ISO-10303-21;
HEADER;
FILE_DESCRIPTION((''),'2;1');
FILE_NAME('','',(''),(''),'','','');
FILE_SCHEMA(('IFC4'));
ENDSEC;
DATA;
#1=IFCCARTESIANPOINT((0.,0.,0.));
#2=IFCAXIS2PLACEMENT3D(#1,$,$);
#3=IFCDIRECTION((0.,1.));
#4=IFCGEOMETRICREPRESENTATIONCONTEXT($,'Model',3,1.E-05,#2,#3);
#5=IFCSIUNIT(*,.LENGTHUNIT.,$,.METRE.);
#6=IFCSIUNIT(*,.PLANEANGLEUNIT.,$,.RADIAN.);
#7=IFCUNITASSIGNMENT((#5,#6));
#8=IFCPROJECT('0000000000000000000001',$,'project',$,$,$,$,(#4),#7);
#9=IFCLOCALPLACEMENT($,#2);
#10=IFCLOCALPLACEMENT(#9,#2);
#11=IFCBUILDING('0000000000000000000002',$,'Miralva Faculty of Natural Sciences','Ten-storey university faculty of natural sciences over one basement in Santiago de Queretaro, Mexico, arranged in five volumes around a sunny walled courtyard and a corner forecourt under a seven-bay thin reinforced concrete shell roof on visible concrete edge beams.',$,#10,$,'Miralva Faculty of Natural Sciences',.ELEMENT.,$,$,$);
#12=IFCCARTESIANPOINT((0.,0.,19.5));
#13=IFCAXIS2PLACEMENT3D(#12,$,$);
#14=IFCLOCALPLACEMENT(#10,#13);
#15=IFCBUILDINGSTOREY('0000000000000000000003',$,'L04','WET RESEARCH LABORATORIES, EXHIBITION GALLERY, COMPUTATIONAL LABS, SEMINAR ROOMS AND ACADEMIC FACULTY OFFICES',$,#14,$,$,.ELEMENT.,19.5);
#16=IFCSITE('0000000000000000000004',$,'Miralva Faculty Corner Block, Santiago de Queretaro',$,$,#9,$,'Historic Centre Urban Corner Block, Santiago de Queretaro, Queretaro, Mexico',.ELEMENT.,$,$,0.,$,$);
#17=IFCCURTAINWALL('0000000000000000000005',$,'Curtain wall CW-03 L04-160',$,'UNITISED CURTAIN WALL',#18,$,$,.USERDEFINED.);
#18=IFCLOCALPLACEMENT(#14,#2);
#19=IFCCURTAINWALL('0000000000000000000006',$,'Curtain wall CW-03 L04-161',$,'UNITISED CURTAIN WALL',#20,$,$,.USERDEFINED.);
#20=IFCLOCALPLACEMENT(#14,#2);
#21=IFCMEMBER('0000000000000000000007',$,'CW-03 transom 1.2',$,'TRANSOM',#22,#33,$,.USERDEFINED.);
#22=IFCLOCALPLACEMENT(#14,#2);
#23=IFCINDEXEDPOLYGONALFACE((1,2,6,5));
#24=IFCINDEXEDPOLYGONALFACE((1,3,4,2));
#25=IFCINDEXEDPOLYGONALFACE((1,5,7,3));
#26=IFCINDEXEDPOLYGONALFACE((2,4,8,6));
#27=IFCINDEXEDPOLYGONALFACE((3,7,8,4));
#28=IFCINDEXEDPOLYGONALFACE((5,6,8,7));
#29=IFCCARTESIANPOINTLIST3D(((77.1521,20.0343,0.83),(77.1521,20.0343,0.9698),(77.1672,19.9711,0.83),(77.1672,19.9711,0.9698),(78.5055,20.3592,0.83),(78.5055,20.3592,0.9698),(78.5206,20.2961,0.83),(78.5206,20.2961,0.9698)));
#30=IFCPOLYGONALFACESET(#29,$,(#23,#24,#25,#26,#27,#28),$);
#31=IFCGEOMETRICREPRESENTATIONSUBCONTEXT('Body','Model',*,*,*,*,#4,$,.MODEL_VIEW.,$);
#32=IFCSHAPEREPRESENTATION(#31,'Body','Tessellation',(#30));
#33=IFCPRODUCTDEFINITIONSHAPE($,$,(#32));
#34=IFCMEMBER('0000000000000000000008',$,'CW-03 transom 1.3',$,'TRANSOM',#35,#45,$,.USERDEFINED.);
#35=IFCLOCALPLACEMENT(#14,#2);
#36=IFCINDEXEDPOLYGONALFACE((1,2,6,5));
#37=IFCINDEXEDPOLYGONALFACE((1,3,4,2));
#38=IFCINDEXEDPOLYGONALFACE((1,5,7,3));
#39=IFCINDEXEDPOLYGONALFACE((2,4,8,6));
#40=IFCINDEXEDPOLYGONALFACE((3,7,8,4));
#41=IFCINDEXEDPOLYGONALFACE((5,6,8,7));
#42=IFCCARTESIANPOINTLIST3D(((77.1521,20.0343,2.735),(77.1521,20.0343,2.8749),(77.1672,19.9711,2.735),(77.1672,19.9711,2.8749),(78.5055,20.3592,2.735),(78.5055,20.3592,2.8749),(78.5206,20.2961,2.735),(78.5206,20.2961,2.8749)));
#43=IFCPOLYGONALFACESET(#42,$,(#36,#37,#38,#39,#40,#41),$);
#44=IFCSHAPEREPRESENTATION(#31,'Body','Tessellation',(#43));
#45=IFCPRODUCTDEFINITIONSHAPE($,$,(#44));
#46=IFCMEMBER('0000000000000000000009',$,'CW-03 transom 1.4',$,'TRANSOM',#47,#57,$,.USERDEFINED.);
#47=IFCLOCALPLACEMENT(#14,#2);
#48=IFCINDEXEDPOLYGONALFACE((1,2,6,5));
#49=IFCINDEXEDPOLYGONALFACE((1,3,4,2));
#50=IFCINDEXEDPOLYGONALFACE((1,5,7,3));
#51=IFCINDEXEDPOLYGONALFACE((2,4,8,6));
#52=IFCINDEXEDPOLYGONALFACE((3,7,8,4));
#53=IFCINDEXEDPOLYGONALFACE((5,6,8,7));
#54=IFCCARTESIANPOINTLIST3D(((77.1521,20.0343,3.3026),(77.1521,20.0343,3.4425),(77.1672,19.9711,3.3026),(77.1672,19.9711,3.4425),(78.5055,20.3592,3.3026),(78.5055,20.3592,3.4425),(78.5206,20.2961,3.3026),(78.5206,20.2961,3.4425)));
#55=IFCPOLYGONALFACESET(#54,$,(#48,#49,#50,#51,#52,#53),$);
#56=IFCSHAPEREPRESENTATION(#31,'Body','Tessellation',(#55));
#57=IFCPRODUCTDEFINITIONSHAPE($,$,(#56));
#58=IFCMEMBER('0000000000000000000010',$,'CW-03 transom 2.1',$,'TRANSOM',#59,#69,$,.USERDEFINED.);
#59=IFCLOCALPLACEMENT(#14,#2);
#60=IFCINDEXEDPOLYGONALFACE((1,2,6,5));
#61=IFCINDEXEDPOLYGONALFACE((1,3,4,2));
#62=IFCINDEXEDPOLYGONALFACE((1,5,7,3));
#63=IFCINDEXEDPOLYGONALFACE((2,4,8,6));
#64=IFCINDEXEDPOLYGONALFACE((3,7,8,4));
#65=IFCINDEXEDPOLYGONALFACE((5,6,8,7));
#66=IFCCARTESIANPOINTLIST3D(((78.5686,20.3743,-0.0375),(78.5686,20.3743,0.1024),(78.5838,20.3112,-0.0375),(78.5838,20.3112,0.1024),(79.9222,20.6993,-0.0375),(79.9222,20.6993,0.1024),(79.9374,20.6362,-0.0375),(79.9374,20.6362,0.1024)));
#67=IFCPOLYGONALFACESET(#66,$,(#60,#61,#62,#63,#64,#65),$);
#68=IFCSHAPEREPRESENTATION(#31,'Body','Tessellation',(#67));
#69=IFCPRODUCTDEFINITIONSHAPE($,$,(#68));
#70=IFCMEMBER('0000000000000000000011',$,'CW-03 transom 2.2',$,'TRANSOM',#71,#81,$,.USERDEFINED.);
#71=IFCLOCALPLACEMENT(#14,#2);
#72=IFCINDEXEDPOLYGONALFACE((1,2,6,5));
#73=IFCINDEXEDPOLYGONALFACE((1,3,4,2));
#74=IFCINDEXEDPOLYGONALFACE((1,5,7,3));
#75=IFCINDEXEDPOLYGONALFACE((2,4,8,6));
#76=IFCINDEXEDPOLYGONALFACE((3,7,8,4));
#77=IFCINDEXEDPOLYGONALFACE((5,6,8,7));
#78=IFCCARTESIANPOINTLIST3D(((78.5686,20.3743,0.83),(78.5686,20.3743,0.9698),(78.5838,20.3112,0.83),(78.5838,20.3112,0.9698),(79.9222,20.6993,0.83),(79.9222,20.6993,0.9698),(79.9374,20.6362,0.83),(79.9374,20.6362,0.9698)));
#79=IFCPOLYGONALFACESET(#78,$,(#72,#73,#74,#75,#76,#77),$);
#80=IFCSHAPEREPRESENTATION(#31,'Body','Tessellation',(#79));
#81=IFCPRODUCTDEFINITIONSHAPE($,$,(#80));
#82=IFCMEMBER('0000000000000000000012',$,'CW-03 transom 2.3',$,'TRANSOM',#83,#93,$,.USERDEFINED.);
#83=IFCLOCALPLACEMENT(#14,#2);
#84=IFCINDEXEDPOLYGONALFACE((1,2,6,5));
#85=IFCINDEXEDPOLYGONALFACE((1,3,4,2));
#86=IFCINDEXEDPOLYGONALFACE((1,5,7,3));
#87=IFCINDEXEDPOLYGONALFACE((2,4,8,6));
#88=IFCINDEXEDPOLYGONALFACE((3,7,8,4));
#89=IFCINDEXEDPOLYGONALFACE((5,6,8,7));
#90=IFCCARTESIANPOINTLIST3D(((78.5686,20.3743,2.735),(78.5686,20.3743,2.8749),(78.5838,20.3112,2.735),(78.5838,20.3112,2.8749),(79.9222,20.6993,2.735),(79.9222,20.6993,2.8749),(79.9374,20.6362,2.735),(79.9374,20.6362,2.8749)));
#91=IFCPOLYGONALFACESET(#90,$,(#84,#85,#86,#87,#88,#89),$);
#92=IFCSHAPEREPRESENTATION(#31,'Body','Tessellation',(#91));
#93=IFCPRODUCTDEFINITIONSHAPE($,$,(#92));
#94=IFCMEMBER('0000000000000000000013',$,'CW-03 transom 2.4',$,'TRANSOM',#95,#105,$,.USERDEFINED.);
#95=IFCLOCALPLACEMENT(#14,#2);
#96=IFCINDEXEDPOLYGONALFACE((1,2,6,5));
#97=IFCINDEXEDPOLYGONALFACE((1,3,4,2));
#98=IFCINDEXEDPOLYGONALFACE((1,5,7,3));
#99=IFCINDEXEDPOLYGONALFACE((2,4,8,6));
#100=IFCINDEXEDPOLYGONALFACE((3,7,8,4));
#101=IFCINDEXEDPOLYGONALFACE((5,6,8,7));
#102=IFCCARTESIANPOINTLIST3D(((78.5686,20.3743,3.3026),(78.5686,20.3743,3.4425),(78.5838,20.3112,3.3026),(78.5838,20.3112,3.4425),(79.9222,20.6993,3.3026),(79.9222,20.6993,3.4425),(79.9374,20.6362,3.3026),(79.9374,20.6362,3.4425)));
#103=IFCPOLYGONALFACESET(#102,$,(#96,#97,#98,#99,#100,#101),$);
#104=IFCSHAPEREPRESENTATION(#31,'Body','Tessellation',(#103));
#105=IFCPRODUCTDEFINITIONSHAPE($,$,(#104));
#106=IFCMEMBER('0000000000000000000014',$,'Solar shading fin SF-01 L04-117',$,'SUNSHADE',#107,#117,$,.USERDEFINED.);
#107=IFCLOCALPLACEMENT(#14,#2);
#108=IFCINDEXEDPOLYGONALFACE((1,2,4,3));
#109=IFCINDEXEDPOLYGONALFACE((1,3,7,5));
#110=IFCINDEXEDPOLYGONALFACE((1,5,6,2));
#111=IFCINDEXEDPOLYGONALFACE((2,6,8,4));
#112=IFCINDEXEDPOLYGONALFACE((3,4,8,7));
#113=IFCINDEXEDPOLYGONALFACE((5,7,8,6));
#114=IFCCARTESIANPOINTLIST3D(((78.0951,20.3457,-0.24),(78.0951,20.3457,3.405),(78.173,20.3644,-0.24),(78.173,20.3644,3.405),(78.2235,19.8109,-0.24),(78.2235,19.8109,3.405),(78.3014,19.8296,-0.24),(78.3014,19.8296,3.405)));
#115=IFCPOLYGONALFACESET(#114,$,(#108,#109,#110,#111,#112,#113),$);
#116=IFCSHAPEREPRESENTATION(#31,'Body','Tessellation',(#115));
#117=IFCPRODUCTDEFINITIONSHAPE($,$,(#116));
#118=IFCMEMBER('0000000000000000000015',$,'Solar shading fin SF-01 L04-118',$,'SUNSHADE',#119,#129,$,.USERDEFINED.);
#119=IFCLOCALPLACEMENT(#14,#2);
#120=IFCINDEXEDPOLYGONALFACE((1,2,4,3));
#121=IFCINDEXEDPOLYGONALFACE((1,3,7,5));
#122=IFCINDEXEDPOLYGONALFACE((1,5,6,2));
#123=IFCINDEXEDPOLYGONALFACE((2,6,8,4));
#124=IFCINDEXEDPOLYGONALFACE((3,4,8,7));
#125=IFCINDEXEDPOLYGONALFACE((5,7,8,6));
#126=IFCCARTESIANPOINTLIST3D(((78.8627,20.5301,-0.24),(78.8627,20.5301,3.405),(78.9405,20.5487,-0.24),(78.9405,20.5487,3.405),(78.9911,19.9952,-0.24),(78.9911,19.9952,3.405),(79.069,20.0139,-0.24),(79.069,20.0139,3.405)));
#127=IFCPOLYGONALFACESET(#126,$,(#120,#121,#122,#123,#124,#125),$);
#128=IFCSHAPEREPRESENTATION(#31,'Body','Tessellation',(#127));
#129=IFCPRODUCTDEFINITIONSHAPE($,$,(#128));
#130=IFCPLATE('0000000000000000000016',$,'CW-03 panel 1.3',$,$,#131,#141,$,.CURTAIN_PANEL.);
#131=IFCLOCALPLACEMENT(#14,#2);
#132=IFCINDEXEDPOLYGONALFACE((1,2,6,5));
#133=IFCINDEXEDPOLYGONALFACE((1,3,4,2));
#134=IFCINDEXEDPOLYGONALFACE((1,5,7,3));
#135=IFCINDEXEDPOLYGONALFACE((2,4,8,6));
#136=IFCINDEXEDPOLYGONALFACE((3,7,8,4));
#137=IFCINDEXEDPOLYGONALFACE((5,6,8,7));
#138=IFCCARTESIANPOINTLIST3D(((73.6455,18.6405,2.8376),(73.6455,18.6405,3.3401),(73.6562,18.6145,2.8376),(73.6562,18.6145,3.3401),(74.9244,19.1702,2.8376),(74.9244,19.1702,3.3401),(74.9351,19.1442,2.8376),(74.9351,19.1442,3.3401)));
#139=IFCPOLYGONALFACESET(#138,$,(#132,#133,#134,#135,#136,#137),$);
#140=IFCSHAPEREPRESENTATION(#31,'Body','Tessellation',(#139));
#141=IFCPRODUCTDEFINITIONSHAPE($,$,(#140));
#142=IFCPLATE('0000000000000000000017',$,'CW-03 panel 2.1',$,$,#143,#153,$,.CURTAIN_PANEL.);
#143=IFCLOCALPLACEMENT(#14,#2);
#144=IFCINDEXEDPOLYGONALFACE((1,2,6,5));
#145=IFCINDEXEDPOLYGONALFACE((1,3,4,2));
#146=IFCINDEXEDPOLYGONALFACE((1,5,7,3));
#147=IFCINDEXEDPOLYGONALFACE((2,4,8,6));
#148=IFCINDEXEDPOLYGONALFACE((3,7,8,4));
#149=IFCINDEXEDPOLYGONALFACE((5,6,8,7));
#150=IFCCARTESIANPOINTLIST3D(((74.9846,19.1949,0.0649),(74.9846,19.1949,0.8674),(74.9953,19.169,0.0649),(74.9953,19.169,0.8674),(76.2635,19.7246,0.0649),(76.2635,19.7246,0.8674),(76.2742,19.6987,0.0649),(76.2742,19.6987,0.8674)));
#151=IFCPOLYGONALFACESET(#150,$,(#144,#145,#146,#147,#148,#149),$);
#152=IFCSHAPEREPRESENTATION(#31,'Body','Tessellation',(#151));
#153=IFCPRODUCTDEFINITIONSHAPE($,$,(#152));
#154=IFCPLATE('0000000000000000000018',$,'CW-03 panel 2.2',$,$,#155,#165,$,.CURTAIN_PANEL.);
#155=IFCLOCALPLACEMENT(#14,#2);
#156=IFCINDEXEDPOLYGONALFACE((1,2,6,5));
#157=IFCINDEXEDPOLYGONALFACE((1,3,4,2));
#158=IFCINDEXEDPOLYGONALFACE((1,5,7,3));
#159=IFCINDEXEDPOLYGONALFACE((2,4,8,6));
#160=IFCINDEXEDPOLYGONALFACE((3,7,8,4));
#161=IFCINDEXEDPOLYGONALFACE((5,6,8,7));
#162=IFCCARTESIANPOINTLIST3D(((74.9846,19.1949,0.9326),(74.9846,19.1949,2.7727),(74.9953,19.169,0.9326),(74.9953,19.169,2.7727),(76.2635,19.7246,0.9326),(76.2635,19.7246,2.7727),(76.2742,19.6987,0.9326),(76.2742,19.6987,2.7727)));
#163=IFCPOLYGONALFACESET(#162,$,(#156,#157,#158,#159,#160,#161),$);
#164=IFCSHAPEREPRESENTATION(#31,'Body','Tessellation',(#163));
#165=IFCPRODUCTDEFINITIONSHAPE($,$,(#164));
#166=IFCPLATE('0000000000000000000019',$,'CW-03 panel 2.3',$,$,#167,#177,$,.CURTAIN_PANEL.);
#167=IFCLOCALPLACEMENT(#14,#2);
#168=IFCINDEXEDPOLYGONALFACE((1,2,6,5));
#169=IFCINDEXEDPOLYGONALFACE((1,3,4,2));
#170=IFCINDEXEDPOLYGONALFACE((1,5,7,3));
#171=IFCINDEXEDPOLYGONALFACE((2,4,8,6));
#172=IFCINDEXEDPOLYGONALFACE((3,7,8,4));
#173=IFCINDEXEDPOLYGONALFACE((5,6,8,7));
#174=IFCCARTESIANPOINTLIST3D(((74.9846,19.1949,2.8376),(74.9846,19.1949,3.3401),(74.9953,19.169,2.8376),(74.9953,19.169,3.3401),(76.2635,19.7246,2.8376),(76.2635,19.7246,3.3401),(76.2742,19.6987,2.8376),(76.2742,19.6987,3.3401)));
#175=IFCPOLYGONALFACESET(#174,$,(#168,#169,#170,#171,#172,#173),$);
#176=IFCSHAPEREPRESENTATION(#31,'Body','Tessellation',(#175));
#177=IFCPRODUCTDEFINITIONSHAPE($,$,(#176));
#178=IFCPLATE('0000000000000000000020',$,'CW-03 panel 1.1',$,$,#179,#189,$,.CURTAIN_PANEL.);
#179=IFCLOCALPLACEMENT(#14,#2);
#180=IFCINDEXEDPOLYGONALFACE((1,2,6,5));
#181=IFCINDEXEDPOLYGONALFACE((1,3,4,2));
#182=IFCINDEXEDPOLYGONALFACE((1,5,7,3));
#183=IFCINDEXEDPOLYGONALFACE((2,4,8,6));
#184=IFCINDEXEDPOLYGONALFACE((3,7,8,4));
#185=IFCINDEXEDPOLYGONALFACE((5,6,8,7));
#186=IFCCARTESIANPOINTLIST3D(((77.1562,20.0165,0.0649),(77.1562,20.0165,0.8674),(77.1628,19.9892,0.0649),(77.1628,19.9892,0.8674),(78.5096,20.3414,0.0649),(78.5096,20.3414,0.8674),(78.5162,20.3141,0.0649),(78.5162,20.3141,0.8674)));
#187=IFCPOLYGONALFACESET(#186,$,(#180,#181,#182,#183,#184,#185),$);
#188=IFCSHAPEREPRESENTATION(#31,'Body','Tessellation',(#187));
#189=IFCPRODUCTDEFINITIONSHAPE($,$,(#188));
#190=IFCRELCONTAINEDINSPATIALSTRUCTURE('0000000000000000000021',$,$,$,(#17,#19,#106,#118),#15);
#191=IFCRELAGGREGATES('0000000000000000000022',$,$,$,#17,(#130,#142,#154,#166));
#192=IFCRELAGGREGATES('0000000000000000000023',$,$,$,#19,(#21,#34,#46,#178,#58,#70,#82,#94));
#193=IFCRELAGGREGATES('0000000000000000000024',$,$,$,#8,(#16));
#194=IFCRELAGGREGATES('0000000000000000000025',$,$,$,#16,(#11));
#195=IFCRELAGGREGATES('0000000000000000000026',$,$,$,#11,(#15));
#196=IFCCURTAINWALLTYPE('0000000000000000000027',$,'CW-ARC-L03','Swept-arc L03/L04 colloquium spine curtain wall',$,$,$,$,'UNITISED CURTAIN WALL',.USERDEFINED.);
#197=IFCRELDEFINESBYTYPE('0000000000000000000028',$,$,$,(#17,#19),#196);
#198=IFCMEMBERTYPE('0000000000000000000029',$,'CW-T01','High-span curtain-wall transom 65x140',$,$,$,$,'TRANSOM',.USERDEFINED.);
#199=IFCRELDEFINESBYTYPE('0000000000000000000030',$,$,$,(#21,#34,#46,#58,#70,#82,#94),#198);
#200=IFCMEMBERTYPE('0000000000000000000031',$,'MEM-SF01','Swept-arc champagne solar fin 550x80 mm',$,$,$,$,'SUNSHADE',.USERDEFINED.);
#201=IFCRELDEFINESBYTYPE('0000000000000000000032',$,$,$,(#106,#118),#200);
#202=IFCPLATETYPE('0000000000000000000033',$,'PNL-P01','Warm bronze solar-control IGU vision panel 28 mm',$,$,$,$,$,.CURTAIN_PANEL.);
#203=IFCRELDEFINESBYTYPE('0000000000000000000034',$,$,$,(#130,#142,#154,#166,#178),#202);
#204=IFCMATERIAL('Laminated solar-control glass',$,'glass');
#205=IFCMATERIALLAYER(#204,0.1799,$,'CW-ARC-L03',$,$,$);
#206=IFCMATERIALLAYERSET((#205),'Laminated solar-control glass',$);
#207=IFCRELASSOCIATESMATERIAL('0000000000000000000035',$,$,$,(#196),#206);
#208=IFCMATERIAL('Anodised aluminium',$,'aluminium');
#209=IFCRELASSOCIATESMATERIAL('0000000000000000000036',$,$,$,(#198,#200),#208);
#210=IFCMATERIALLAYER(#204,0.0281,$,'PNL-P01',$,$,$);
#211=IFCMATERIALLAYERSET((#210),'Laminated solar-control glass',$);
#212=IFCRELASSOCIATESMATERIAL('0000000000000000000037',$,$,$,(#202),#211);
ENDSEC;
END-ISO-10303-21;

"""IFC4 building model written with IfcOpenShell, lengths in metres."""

from ifc_helpers import new_model, si_unit, direction, frame, origin, origin_2d, place, context, subcontext, project, spatial, rectangle, extrude, material, layer, layer_set, material_profile, profile_set, type_object, element, aggregate, save


model = new_model("IFC4")

# Units and contexts
model_context = context("Model", 3, precision=1e-05, world=origin(), true_north=direction((0.0, 1.0)))
body_context = subcontext(model_context, "Body", "Model", "MODEL_VIEW")
ifc_project = project(units=[si_unit("LENGTHUNIT", "METRE"), si_unit("PLANEANGLEUNIT", "RADIAN")], contexts=[model_context])

# Site, building, storey
site_placement = place(None, origin())
site = spatial("IfcSite", under=ifc_project, at=site_placement, Name="Miralva Faculty Corner Block, Santiago de Queretaro", LongName="Historic Centre Urban Corner Block, Santiago de Queretaro, Queretaro, Mexico", CompositionType="ELEMENT", RefElevation=0.0)
building_placement = place(site_placement, origin())
building = spatial("IfcBuilding", under=site, at=building_placement, Name="Miralva Faculty of Natural Sciences", Description="Ten-storey university faculty of natural sciences over one basement in Santiago de Queretaro, Mexico, arranged in five volumes around a sunny walled courtyard and a corner forecourt under a seven-bay thin reinforced concrete shell roof on visible concrete edge beams.", LongName="Miralva Faculty of Natural Sciences", CompositionType="ELEMENT")
storey_placement = place(building_placement, frame((0.0, 0.0, 19.5)))
storey = spatial("IfcBuildingStorey", under=building, at=storey_placement, Name="L04", Description="WET RESEARCH LABORATORIES, EXHIBITION GALLERY, COMPUTATIONAL LABS, SEMINAR ROOMS AND ACADEMIC FACULTY OFFICES", CompositionType="ELEMENT", Elevation=19.5)

# Curtain walls
ifc_material_1 = material(Name="Laminated solar-control glass", Category="glass")
ifc_layer_1 = layer(ifc_material_1, 0.1799, Name="CW-ARC-L03")
ifc_layer_set_1 = layer_set([ifc_layer_1], Name="Laminated solar-control glass")
curtain_wall_type = type_object("IfcCurtainWallType", Name="CW-ARC-L03", Description="Swept-arc L03/L04 colloquium spine curtain wall", ElementType="UNITISED CURTAIN WALL", PredefinedType="USERDEFINED", material=ifc_layer_set_1)
curtain_wall_1_placement = place(storey_placement, origin())
curtain_wall_1 = element("IfcCurtainWall", 1, at=curtain_wall_1_placement, inside=storey, type_object=curtain_wall_type, Name="Curtain wall CW-03 L04-160", ObjectType="UNITISED CURTAIN WALL", PredefinedType="USERDEFINED")
ifc_material_2 = material(Name="Anodised aluminium", Category="aluminium")
curtain_wall_2_placement = place(storey_placement, origin())
curtain_wall_2 = element("IfcCurtainWall", 2, at=curtain_wall_2_placement, inside=storey, type_object=curtain_wall_type, Name="Curtain wall CW-03 L04-161", ObjectType="UNITISED CURTAIN WALL", PredefinedType="USERDEFINED")

# Members
ifc_material_profile_1 = material_profile(ifc_material_2, rectangle(XDim=0.0649, YDim=0.1399, at=origin_2d()), Name="TRANSOM 65x140")
ifc_profile_set_1 = profile_set([ifc_material_profile_1], Name="Anodised aluminium")
member_type_1 = type_object("IfcMemberType", Name="CW-T01", Description="High-span curtain-wall transom 65x140", ElementType="TRANSOM", PredefinedType="USERDEFINED", material=ifc_profile_set_1)
member_1_placement = place(storey_placement, frame((77.1597, 20.0027, 0.8999), z_axis=(0.97236, 0.233486, 0.0), x_axis=(-0.233486, 0.97236, 0.0)))
member_1 = element("IfcMember", 3, at=member_1_placement, type_object=member_type_1, Name="CW-03 transom 1.2", ObjectType="TRANSOM", PredefinedType="USERDEFINED", context=body_context, shape_type="SweptSolid", body=[
    extrude(rectangle(XDim=0.0649, YDim=0.1399, at=origin_2d()), origin(), (0.0, 0.0, 1.0), 1.3918),
])
member_2_placement = place(storey_placement, frame((77.1597, 20.0027, 2.8049), z_axis=(0.97236, 0.233486, 0.0), x_axis=(-0.233486, 0.97236, 0.0)))
member_2 = element("IfcMember", 4, at=member_2_placement, type_object=member_type_1, Name="CW-03 transom 1.3", ObjectType="TRANSOM", PredefinedType="USERDEFINED", context=body_context, shape_type="SweptSolid", body=[
    extrude(rectangle(XDim=0.0649, YDim=0.1399, at=origin_2d()), origin(), (0.0, 0.0, 1.0), 1.3918),
])
member_3_placement = place(storey_placement, frame((77.1597, 20.0027, 3.3726), z_axis=(0.97236, 0.233486, 0.0), x_axis=(-0.233486, 0.97236, 0.0)))
member_3 = element("IfcMember", 5, at=member_3_placement, type_object=member_type_1, Name="CW-03 transom 1.4", ObjectType="TRANSOM", PredefinedType="USERDEFINED", context=body_context, shape_type="SweptSolid", body=[
    extrude(rectangle(XDim=0.0649, YDim=0.1399, at=origin_2d()), origin(), (0.0, 0.0, 1.0), 1.3918),
])
member_4_placement = place(storey_placement, frame((78.5762, 20.3428, 0.0325), z_axis=(0.97237, 0.233446, 0.0), x_axis=(-0.233446, 0.97237, 0.0)))
member_4 = element("IfcMember", 6, at=member_4_placement, type_object=member_type_1, Name="CW-03 transom 2.1", ObjectType="TRANSOM", PredefinedType="USERDEFINED", context=body_context, shape_type="SweptSolid", body=[
    extrude(rectangle(XDim=0.0649, YDim=0.1399, at=origin_2d()), origin(), (0.0, 0.0, 1.0), 1.3921),
])
member_5_placement = place(storey_placement, frame((78.5762, 20.3428, 0.8999), z_axis=(0.97237, 0.233446, 0.0), x_axis=(-0.233446, 0.97237, 0.0)))
member_5 = element("IfcMember", 7, at=member_5_placement, type_object=member_type_1, Name="CW-03 transom 2.2", ObjectType="TRANSOM", PredefinedType="USERDEFINED", context=body_context, shape_type="SweptSolid", body=[
    extrude(rectangle(XDim=0.0649, YDim=0.1399, at=origin_2d()), origin(), (0.0, 0.0, 1.0), 1.3921),
])
member_6_placement = place(storey_placement, frame((78.5762, 20.3428, 2.8049), z_axis=(0.97237, 0.233446, 0.0), x_axis=(-0.233446, 0.97237, 0.0)))
member_6 = element("IfcMember", 8, at=member_6_placement, type_object=member_type_1, Name="CW-03 transom 2.3", ObjectType="TRANSOM", PredefinedType="USERDEFINED", context=body_context, shape_type="SweptSolid", body=[
    extrude(rectangle(XDim=0.0649, YDim=0.1399, at=origin_2d()), origin(), (0.0, 0.0, 1.0), 1.3921),
])
member_7_placement = place(storey_placement, frame((78.5762, 20.3428, 3.3726), z_axis=(0.97237, 0.233446, 0.0), x_axis=(-0.233446, 0.97237, 0.0)))
member_7 = element("IfcMember", 9, at=member_7_placement, type_object=member_type_1, Name="CW-03 transom 2.4", ObjectType="TRANSOM", PredefinedType="USERDEFINED", context=body_context, shape_type="SweptSolid", body=[
    extrude(rectangle(XDim=0.0649, YDim=0.1399, at=origin_2d()), origin(), (0.0, 0.0, 1.0), 1.3921),
])

# Members
ifc_material_profile_2 = material_profile(ifc_material_2, rectangle(XDim=0.0801, YDim=0.55, at=origin_2d()), Name="FIN 550x80")
ifc_profile_set_2 = profile_set([ifc_material_profile_2], Name="Anodised aluminium")
member_type_2 = type_object("IfcMemberType", Name="MEM-SF01", Description="Swept-arc champagne solar fin 550x80 mm", ElementType="SUNSHADE", PredefinedType="USERDEFINED", material=ifc_profile_set_2)
for number, where, z_axis, x_axis, name in (
    (10, (78.1982, 20.0876, -0.24), (0.0, 0.0, 1.0), (0.97237, 0.233445, 0.0), "Solar shading fin SF-01 L04-117"),
    (11, (78.9658, 20.272, -0.24), (0.0, 0.0, 1.0), (0.97237, 0.233445, 0.0), "Solar shading fin SF-01 L04-118"),
):
    element("IfcMember", number, at=place(storey_placement, frame(where, z_axis=z_axis, x_axis=x_axis)), inside=storey, type_object=member_type_2, Name=name, ObjectType="SUNSHADE", PredefinedType="USERDEFINED", context=body_context, shape_type="SweptSolid", body=[
        extrude(rectangle(XDim=0.0801, YDim=0.55, at=origin_2d()), origin(), (0.0, 0.0, 1.0), 3.645),
    ])

# Plates
ifc_layer_2 = layer(ifc_material_1, 0.0281, Name="PNL-P01")
ifc_layer_set_2 = layer_set([ifc_layer_2], Name="Laminated solar-control glass")
plate_type = type_object("IfcPlateType", Name="PNL-P01", Description="Warm bronze solar-control IGU vision panel 28 mm", PredefinedType="CURTAIN_PANEL", material=ifc_layer_set_2)
plate_1_placement = place(storey_placement, frame((74.2903, 18.8923, 2.8376), z_axis=(0.0, 0.0, 1.0), x_axis=(0.923891, 0.382655, 0.0)))
plate_1 = element("IfcPlate", 12, at=plate_1_placement, type_object=plate_type, Name="CW-03 panel 1.3", PredefinedType="CURTAIN_PANEL", context=body_context, shape_type="SweptSolid", body=[
    extrude(rectangle(XDim=1.3843, YDim=0.0281, at=origin_2d()), origin(), (0.0, 0.0, 1.0), 0.5024),
])
plate_2_placement = place(storey_placement, frame((75.6294, 19.4468, 0.0649), z_axis=(0.0, 0.0, 1.0), x_axis=(0.923891, 0.382655, 0.0)))
plate_2 = element("IfcPlate", 13, at=plate_2_placement, type_object=plate_type, Name="CW-03 panel 2.1", PredefinedType="CURTAIN_PANEL", context=body_context, shape_type="SweptSolid", body=[
    extrude(rectangle(XDim=1.3843, YDim=0.0281, at=origin_2d()), origin(), (0.0, 0.0, 1.0), 0.8025),
])
plate_3_placement = place(storey_placement, frame((75.6294, 19.4468, 0.9326), z_axis=(0.0, 0.0, 1.0), x_axis=(0.923891, 0.382655, 0.0)))
plate_3 = element("IfcPlate", 14, at=plate_3_placement, type_object=plate_type, Name="CW-03 panel 2.2", PredefinedType="CURTAIN_PANEL", context=body_context, shape_type="SweptSolid", body=[
    extrude(rectangle(XDim=1.3843, YDim=0.0281, at=origin_2d()), origin(), (0.0, 0.0, 1.0), 1.8401),
])
plate_4_placement = place(storey_placement, frame((75.6294, 19.4468, 2.8376), z_axis=(0.0, 0.0, 1.0), x_axis=(0.923891, 0.382655, 0.0)))
plate_4 = element("IfcPlate", 15, at=plate_4_placement, type_object=plate_type, Name="CW-03 panel 2.3", PredefinedType="CURTAIN_PANEL", context=body_context, shape_type="SweptSolid", body=[
    extrude(rectangle(XDim=1.3843, YDim=0.0281, at=origin_2d()), origin(), (0.0, 0.0, 1.0), 0.5024),
])
aggregate(curtain_wall_1, [plate_1, plate_2, plate_3, plate_4])
plate_5_placement = place(storey_placement, frame((77.8362, 20.1653, 0.0649), z_axis=(0.0, 0.0, 1.0), x_axis=(0.972367, 0.233457, 0.0)))
plate_5 = element("IfcPlate", 16, at=plate_5_placement, type_object=plate_type, Name="CW-03 panel 1.1", PredefinedType="CURTAIN_PANEL", context=body_context, shape_type="SweptSolid", body=[
    extrude(rectangle(XDim=1.3918, YDim=0.0281, at=origin_2d()), origin(), (0.0, 0.0, 1.0), 0.8025),
])
aggregate(curtain_wall_2, [member_1, member_2, member_3, plate_5, member_4, member_5, member_6, member_7])

save(model, "model.ifc")
